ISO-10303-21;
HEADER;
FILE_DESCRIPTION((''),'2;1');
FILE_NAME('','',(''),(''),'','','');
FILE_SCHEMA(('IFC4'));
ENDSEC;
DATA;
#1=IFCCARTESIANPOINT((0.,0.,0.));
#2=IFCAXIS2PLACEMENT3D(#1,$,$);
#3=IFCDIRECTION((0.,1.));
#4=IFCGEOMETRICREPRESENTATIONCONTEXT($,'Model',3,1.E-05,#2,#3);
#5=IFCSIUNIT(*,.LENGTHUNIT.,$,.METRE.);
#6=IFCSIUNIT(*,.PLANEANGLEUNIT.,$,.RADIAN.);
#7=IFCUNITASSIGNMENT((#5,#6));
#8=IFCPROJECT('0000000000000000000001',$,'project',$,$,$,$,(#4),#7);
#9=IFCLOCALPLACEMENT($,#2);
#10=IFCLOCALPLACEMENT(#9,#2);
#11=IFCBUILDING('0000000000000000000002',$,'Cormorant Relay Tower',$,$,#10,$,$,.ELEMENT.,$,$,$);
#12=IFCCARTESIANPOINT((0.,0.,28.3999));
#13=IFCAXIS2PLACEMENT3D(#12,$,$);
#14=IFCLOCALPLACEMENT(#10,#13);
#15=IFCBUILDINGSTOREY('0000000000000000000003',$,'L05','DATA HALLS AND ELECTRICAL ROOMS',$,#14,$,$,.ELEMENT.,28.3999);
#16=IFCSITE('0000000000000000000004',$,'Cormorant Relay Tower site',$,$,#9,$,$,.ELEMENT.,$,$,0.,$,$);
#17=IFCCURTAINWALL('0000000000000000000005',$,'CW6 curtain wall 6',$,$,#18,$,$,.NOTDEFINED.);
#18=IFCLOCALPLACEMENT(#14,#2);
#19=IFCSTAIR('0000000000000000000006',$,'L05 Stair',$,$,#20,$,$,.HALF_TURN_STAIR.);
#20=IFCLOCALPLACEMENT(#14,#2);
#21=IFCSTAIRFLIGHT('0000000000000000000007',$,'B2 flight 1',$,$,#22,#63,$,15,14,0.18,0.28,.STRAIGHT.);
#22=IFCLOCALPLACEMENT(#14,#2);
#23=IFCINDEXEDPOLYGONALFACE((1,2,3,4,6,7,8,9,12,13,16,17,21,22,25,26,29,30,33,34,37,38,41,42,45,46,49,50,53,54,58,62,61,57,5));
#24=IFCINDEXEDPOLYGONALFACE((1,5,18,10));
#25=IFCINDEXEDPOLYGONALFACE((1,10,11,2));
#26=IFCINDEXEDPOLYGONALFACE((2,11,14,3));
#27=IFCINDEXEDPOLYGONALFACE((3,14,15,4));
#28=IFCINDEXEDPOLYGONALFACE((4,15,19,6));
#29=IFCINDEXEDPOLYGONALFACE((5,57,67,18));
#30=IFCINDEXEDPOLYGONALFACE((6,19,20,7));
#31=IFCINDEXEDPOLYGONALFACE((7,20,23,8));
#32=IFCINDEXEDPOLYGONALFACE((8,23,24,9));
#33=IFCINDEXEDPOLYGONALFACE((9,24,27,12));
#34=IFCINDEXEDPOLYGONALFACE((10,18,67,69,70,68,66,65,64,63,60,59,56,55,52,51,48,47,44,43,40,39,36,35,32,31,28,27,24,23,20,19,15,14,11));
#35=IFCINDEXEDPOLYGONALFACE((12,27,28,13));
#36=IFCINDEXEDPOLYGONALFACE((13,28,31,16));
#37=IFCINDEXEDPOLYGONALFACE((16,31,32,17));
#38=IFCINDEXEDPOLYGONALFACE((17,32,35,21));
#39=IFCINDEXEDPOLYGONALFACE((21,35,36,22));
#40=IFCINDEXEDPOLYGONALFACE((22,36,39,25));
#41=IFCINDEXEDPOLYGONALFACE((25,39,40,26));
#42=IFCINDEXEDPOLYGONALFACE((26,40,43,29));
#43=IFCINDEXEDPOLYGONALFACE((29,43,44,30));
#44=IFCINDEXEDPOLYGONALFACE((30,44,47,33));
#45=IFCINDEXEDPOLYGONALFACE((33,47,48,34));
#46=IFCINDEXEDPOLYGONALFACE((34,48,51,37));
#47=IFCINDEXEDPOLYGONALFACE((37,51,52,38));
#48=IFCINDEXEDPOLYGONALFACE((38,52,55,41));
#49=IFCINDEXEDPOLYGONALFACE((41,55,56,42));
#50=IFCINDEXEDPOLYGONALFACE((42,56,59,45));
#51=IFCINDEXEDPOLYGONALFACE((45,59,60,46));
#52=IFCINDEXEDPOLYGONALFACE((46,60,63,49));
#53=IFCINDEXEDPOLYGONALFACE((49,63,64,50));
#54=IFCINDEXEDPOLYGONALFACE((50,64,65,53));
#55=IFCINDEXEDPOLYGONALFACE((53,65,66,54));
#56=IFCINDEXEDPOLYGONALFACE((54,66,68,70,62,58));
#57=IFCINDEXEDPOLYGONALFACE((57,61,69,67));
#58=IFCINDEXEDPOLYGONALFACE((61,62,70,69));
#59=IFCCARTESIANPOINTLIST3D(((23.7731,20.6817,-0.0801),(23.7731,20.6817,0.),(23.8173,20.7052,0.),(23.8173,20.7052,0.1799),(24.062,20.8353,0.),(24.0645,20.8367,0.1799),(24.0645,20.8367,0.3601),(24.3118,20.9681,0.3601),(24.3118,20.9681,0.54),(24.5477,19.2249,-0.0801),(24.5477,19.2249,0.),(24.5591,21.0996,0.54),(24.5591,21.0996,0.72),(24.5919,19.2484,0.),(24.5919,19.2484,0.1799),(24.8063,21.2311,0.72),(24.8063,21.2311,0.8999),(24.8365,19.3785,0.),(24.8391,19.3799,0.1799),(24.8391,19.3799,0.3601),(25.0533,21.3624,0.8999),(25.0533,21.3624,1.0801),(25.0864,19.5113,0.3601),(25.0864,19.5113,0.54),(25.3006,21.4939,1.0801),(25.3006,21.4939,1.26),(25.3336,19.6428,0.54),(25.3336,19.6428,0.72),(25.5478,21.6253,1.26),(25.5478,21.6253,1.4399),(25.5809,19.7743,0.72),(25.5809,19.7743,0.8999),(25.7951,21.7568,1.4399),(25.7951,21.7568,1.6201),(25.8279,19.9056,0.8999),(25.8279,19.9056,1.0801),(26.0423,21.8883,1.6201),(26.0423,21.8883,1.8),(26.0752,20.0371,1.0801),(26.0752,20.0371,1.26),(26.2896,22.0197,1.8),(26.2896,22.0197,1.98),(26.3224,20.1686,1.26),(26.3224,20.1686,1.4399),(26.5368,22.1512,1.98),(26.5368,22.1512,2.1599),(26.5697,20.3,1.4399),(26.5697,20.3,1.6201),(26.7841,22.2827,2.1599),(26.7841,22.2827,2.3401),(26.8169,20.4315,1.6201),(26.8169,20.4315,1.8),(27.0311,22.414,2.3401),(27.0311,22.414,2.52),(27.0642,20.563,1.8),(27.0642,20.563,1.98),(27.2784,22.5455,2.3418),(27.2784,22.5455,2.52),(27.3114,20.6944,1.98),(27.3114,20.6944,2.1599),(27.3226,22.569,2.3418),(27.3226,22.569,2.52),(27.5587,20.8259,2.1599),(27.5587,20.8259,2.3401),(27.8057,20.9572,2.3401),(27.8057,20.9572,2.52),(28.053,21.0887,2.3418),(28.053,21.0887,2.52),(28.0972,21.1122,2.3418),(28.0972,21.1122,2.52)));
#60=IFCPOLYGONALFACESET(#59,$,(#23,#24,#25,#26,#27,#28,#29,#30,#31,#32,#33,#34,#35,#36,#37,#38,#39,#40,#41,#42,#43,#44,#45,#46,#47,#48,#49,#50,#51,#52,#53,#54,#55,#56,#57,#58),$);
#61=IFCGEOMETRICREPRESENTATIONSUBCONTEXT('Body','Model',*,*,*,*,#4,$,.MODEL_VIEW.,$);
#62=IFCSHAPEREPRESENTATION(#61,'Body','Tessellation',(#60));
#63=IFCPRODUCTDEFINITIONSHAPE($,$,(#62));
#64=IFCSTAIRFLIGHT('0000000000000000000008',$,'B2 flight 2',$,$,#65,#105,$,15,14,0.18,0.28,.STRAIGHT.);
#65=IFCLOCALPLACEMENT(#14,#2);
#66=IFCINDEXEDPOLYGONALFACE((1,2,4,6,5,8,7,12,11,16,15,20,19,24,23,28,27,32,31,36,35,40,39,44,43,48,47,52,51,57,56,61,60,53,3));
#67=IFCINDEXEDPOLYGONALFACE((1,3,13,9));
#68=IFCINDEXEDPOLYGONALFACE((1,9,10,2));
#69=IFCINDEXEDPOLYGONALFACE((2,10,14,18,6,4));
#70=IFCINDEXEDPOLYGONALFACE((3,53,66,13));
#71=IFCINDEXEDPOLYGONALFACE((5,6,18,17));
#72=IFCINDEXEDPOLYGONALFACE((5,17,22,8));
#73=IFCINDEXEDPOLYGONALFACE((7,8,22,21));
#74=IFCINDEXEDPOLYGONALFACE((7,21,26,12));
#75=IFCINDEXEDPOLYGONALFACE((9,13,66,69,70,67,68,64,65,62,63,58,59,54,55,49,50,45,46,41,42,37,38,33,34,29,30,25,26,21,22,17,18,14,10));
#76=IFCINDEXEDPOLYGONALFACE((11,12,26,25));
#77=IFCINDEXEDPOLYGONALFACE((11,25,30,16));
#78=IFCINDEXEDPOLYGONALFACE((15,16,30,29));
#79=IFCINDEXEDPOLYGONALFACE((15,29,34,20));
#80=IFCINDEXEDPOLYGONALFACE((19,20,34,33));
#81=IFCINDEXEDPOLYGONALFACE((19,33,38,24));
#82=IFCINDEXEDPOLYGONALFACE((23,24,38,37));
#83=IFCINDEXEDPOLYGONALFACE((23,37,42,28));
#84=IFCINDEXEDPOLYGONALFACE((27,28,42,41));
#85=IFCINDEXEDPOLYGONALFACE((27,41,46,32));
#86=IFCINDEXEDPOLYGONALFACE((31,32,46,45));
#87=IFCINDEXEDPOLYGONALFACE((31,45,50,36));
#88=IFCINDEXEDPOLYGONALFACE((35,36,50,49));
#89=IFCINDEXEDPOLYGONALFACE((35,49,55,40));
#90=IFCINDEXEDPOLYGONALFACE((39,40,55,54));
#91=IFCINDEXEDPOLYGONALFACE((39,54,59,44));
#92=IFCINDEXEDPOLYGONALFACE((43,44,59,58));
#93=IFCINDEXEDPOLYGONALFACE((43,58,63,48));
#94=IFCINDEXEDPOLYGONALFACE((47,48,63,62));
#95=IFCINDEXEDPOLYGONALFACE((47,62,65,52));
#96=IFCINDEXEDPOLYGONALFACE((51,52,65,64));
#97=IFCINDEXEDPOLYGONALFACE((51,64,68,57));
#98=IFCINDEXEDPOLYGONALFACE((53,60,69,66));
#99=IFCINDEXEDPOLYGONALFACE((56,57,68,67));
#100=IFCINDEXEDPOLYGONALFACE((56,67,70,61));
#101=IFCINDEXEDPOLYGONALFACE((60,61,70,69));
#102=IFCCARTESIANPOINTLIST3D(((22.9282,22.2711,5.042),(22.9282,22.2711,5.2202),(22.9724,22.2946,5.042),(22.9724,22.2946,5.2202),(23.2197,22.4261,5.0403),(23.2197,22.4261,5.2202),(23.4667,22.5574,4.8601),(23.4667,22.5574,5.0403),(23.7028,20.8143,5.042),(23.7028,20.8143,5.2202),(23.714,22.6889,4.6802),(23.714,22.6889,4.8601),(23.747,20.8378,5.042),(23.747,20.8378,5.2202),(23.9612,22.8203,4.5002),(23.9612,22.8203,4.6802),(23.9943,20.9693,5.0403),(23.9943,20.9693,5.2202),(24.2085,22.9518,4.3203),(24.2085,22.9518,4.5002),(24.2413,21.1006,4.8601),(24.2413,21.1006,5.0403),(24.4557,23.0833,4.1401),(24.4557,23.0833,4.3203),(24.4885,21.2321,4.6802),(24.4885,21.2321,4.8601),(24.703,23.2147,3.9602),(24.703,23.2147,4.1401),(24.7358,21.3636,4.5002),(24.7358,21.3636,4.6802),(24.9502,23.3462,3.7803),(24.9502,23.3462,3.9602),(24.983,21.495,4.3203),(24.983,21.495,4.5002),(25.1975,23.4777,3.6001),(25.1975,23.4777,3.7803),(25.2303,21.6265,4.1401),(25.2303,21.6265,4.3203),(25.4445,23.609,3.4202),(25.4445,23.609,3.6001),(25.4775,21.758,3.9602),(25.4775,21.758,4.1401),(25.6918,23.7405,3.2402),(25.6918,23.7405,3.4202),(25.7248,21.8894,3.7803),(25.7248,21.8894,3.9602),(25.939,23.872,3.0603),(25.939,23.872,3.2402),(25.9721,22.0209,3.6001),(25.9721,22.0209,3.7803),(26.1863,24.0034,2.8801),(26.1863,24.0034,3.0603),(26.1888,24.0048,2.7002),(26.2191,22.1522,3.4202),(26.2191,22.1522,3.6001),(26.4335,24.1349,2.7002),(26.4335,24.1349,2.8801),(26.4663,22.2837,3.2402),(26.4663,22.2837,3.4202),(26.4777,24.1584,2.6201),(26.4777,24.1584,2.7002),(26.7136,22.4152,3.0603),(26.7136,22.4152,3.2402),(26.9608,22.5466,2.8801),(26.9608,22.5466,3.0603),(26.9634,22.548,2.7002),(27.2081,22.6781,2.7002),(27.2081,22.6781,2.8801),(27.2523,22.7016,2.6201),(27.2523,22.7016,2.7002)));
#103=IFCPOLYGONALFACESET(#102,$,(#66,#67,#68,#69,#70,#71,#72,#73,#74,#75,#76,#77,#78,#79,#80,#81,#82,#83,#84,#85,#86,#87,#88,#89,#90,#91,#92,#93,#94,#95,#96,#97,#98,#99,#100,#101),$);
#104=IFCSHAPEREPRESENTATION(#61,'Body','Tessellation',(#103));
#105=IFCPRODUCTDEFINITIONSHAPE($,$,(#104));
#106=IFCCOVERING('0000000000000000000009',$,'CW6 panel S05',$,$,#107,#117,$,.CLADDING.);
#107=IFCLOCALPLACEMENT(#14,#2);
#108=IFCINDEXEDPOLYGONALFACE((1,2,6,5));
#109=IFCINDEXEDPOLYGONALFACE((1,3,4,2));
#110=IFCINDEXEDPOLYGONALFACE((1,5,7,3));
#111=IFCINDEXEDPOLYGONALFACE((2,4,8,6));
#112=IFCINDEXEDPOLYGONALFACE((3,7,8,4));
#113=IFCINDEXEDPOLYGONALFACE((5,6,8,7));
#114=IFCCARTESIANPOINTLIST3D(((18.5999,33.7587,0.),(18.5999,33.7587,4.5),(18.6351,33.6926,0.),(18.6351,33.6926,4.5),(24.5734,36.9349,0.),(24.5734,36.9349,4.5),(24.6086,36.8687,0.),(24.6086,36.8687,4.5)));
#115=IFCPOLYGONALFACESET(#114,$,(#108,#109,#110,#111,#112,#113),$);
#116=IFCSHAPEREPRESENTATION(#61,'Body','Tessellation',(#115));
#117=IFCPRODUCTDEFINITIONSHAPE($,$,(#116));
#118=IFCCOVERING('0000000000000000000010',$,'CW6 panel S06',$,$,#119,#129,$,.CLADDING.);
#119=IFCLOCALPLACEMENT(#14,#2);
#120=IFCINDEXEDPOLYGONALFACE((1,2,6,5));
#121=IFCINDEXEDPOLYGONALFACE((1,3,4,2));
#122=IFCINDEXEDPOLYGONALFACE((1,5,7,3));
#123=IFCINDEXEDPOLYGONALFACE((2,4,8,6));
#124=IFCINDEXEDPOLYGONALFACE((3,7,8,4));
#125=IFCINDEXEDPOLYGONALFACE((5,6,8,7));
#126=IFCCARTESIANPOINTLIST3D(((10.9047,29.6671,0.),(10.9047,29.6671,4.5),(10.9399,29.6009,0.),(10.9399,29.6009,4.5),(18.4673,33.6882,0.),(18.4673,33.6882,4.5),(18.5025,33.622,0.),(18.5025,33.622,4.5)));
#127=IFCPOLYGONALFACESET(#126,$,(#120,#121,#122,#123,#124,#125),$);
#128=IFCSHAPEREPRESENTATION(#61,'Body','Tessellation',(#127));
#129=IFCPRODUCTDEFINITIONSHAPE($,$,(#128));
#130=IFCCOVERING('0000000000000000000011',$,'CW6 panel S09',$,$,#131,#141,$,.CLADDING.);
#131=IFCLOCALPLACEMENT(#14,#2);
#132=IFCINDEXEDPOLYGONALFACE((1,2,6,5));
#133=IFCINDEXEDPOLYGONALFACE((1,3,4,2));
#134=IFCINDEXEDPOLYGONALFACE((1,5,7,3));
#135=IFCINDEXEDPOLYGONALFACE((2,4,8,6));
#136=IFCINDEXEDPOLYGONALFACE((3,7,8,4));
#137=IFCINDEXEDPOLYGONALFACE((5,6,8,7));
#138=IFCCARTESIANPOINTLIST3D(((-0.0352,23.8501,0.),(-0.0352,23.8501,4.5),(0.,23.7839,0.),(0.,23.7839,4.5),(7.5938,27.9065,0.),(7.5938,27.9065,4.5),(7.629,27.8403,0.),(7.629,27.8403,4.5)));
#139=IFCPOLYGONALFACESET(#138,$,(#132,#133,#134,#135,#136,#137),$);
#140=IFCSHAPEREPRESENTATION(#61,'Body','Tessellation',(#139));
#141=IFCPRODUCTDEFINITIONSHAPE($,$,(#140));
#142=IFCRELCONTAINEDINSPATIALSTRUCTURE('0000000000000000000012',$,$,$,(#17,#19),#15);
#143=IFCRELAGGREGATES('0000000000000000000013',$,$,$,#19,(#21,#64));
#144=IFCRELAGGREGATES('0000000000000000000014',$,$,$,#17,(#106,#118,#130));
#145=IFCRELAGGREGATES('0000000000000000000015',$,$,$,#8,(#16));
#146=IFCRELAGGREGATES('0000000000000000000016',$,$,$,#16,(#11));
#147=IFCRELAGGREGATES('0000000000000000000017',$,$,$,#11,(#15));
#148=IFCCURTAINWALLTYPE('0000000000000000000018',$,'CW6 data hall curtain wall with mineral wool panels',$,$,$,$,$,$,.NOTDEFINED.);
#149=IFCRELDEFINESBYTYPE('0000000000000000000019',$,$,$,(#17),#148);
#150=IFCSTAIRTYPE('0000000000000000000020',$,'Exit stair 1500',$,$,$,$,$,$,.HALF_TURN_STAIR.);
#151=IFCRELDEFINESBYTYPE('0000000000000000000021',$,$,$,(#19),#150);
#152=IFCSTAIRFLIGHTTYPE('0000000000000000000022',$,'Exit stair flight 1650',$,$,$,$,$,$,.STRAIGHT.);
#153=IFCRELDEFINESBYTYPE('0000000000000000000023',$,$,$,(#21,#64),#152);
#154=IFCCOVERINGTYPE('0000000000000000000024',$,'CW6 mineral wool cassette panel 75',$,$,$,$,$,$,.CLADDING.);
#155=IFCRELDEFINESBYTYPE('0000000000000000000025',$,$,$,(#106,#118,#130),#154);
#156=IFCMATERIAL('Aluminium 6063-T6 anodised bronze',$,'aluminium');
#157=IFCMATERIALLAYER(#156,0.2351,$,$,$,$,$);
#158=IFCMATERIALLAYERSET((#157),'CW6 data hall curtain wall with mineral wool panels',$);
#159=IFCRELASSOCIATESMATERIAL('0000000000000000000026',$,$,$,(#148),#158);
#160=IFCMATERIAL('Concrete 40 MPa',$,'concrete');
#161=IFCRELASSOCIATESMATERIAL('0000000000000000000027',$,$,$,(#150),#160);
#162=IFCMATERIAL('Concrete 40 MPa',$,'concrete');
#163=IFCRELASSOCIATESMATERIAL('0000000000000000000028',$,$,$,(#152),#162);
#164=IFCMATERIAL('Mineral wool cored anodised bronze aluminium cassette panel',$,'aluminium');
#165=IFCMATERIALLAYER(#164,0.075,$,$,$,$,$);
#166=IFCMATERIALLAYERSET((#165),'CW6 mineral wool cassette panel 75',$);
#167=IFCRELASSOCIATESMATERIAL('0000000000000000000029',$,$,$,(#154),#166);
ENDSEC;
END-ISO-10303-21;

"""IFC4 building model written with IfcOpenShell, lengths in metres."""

from ifc_helpers import new_model, si_unit, direction, frame, origin, origin_2d, place, context, subcontext, project, spatial, polyline, rectangle, outline, extrude, material, layer, layer_set, type_object, element, aggregate, save


model = new_model("IFC4")

# Units and contexts
model_context = context("Model", 3, precision=1e-05, world=origin(), true_north=direction((0.0, 1.0)))
body_context = subcontext(model_context, "Body", "Model", "MODEL_VIEW")
ifc_project = project(units=[si_unit("LENGTHUNIT", "METRE"), si_unit("PLANEANGLEUNIT", "RADIAN")], contexts=[model_context])

# Site, building, storey
site_placement = place(None, origin())
site = spatial("IfcSite", under=ifc_project, at=site_placement, Name="Cormorant Relay Tower site", CompositionType="ELEMENT", RefElevation=0.0)
building_placement = place(site_placement, origin())
building = spatial("IfcBuilding", under=site, at=building_placement, Name="Cormorant Relay Tower", CompositionType="ELEMENT")
storey_placement = place(building_placement, frame((0.0, 0.0, 28.3999)))
storey = spatial("IfcBuildingStorey", under=building, at=storey_placement, Name="L05", Description="DATA HALLS AND ELECTRICAL ROOMS", CompositionType="ELEMENT", Elevation=28.3999)

# Curtain wall
ifc_material_1 = material(Name="Aluminium 6063-T6 anodised bronze", Category="aluminium")
ifc_layer_1 = layer(ifc_material_1, 0.2351)
ifc_layer_set_1 = layer_set([ifc_layer_1], Name="CW6 data hall curtain wall with mineral wool panels")
curtain_wall_type = type_object("IfcCurtainWallType", Name="CW6 data hall curtain wall with mineral wool panels", PredefinedType="NOTDEFINED", material=ifc_layer_set_1)
curtain_wall_1_placement = place(storey_placement, origin())
curtain_wall_1 = element("IfcCurtainWall", 1, at=curtain_wall_1_placement, inside=storey, type_object=curtain_wall_type, Name="CW6 curtain wall 6", PredefinedType="NOTDEFINED")

# Stair, stair flights
ifc_material_2 = material(Name="Concrete 40 MPa", Category="concrete")
stair_type = type_object("IfcStairType", Name="Exit stair 1500", PredefinedType="HALF_TURN_STAIR", material=ifc_material_2)
stair_placement = place(storey_placement, origin())
stair = element("IfcStair", 2, at=stair_placement, inside=storey, type_object=stair_type, Name="L05 Stair", PredefinedType="HALF_TURN_STAIR")
ifc_material_3 = material(Name="Concrete 40 MPa", Category="concrete")
stair_flight_type = type_object("IfcStairFlightType", Name="Exit stair flight 1650", PredefinedType="STRAIGHT", material=ifc_material_3)
stair_flight_1_placement = place(storey_placement, frame((24.2046, 19.9768, 0.0), z_axis=(0.0, 0.0, 1.0), x_axis=(0.882948, 0.469472, 0.0)))
stair_flight_1 = element("IfcStairFlight", 3, at=stair_flight_1_placement, type_object=stair_flight_type, Name="B2 flight 1", NumberOfRisers=15, NumberOfTreads=14, PredefinedType="STRAIGHT", RiserHeight=0.18, TreadLength=0.28, context=body_context, shape_type="SweptSolid", body=[
    extrude(outline(polyline([(-0.05, -0.0801), (-0.05, 0.0), (0.0, 0.0), (0.0, 0.1799), (0.28, 0.1799), (0.28, 0.3601), (0.5601, 0.3601), (0.5601, 0.54), (0.8401, 0.54), (0.8401, 0.72), (1.1201, 0.72), (1.1201, 0.8999), (1.3999, 0.8999), (1.3999, 1.0801), (1.6799, 1.0801), (1.6799, 1.26), (1.96, 1.26), (1.96, 1.4399), (2.24, 1.4399), (2.24, 1.6201), (2.52, 1.6201), (2.52, 1.8), (2.8, 1.8), (2.8, 1.98), (3.0801, 1.98), (3.0801, 2.1599), (3.3601, 2.1599), (3.3601, 2.3401), (3.6399, 2.3401), (3.6399, 2.52), (3.9199, 2.52), (3.97, 2.52), (3.97, 2.3418), (3.9199, 2.3418), (0.2771, 0.0), (-0.05, -0.0801)])), frame((0.0, 0.825, 0.0), z_axis=(0.0, -1.0, 0.0), x_axis=(1.0, 0.0, 0.0)), (0.0, 0.0, 1.0), 1.6499),
])
stair_flight_2_placement = place(storey_placement, frame((26.8208, 23.4065, 2.7002), z_axis=(0.0, 0.0, 1.0), x_axis=(-0.882948, -0.469472, 0.0)))
stair_flight_2 = element("IfcStairFlight", 4, at=stair_flight_2_placement, type_object=stair_flight_type, Name="B2 flight 2", NumberOfRisers=15, NumberOfTreads=14, PredefinedType="STRAIGHT", RiserHeight=0.18, TreadLength=0.28, context=body_context, shape_type="SweptSolid", body=[
    extrude(outline(polyline([(-0.05, -0.0801), (-0.05, 0.0), (0.0, 0.0), (0.0, 0.1799), (0.28, 0.1799), (0.28, 0.3601), (0.5601, 0.3601), (0.5601, 0.54), (0.8401, 0.54), (0.8401, 0.72), (1.1201, 0.72), (1.1201, 0.8999), (1.3999, 0.8999), (1.3999, 1.0801), (1.6799, 1.0801), (1.6799, 1.26), (1.96, 1.26), (1.96, 1.4399), (2.24, 1.4399), (2.24, 1.6201), (2.52, 1.6201), (2.52, 1.8), (2.8, 1.8), (2.8, 1.98), (3.0801, 1.98), (3.0801, 2.1599), (3.3601, 2.1599), (3.3601, 2.3401), (3.6399, 2.3401), (3.6399, 2.52), (3.9199, 2.52), (3.97, 2.52), (3.97, 2.3418), (3.9199, 2.3418), (0.2771, 0.0), (-0.05, -0.0801)])), frame((0.0, 0.825, 0.0), z_axis=(0.0, -1.0, 0.0), x_axis=(1.0, 0.0, 0.0)), (0.0, 0.0, 1.0), 1.6499),
])
aggregate(stair, [stair_flight_1, stair_flight_2])

# Coverings
ifc_material_4 = material(Name="Mineral wool cored anodised bronze aluminium cassette panel", Category="aluminium")
ifc_layer_2 = layer(ifc_material_4, 0.075)
ifc_layer_set_2 = layer_set([ifc_layer_2], Name="CW6 mineral wool cassette panel 75")
covering_type = type_object("IfcCoveringType", Name="CW6 mineral wool cassette panel 75", PredefinedType="CLADDING", material=ifc_layer_set_2)
covering_1_placement = place(storey_placement, frame((21.6042, 35.3137, 0.0), z_axis=(0.0, 0.0, 1.0), x_axis=(-0.882948, -0.469472, 0.0)))
covering_1 = element("IfcCovering", 5, at=covering_1_placement, type_object=covering_type, Name="CW6 panel S05", PredefinedType="CLADDING", context=body_context, shape_type="SweptSolid", body=[
    extrude(rectangle(XDim=6.7654, YDim=0.075, at=origin_2d()), origin(), (0.0, 0.0, 1.0), 4.5),
])
covering_2_placement = place(storey_placement, frame((14.7036, 31.6445, 0.0), z_axis=(0.0, 0.0, 1.0), x_axis=(-0.882948, -0.469472, 0.0)))
covering_2 = element("IfcCovering", 6, at=covering_2_placement, type_object=covering_type, Name="CW6 panel S06", PredefinedType="CLADDING", context=body_context, shape_type="SweptSolid", body=[
    extrude(rectangle(XDim=8.5652, YDim=0.075, at=origin_2d()), origin(), (0.0, 0.0, 1.0), 4.5),
])
covering_3_placement = place(storey_placement, frame((3.7969, 25.8452, 0.0), z_axis=(0.0, 0.0, 1.0), x_axis=(-0.882948, -0.469472, 0.0)))
covering_3 = element("IfcCovering", 7, at=covering_3_placement, type_object=covering_type, Name="CW6 panel S09", PredefinedType="CLADDING", context=body_context, shape_type="SweptSolid", body=[
    extrude(rectangle(XDim=8.6404, YDim=0.075, at=origin_2d()), origin(), (0.0, 0.0, 1.0), 4.5),
])
aggregate(curtain_wall_1, [covering_1, covering_2, covering_3])

save(model, "model.ifc")
